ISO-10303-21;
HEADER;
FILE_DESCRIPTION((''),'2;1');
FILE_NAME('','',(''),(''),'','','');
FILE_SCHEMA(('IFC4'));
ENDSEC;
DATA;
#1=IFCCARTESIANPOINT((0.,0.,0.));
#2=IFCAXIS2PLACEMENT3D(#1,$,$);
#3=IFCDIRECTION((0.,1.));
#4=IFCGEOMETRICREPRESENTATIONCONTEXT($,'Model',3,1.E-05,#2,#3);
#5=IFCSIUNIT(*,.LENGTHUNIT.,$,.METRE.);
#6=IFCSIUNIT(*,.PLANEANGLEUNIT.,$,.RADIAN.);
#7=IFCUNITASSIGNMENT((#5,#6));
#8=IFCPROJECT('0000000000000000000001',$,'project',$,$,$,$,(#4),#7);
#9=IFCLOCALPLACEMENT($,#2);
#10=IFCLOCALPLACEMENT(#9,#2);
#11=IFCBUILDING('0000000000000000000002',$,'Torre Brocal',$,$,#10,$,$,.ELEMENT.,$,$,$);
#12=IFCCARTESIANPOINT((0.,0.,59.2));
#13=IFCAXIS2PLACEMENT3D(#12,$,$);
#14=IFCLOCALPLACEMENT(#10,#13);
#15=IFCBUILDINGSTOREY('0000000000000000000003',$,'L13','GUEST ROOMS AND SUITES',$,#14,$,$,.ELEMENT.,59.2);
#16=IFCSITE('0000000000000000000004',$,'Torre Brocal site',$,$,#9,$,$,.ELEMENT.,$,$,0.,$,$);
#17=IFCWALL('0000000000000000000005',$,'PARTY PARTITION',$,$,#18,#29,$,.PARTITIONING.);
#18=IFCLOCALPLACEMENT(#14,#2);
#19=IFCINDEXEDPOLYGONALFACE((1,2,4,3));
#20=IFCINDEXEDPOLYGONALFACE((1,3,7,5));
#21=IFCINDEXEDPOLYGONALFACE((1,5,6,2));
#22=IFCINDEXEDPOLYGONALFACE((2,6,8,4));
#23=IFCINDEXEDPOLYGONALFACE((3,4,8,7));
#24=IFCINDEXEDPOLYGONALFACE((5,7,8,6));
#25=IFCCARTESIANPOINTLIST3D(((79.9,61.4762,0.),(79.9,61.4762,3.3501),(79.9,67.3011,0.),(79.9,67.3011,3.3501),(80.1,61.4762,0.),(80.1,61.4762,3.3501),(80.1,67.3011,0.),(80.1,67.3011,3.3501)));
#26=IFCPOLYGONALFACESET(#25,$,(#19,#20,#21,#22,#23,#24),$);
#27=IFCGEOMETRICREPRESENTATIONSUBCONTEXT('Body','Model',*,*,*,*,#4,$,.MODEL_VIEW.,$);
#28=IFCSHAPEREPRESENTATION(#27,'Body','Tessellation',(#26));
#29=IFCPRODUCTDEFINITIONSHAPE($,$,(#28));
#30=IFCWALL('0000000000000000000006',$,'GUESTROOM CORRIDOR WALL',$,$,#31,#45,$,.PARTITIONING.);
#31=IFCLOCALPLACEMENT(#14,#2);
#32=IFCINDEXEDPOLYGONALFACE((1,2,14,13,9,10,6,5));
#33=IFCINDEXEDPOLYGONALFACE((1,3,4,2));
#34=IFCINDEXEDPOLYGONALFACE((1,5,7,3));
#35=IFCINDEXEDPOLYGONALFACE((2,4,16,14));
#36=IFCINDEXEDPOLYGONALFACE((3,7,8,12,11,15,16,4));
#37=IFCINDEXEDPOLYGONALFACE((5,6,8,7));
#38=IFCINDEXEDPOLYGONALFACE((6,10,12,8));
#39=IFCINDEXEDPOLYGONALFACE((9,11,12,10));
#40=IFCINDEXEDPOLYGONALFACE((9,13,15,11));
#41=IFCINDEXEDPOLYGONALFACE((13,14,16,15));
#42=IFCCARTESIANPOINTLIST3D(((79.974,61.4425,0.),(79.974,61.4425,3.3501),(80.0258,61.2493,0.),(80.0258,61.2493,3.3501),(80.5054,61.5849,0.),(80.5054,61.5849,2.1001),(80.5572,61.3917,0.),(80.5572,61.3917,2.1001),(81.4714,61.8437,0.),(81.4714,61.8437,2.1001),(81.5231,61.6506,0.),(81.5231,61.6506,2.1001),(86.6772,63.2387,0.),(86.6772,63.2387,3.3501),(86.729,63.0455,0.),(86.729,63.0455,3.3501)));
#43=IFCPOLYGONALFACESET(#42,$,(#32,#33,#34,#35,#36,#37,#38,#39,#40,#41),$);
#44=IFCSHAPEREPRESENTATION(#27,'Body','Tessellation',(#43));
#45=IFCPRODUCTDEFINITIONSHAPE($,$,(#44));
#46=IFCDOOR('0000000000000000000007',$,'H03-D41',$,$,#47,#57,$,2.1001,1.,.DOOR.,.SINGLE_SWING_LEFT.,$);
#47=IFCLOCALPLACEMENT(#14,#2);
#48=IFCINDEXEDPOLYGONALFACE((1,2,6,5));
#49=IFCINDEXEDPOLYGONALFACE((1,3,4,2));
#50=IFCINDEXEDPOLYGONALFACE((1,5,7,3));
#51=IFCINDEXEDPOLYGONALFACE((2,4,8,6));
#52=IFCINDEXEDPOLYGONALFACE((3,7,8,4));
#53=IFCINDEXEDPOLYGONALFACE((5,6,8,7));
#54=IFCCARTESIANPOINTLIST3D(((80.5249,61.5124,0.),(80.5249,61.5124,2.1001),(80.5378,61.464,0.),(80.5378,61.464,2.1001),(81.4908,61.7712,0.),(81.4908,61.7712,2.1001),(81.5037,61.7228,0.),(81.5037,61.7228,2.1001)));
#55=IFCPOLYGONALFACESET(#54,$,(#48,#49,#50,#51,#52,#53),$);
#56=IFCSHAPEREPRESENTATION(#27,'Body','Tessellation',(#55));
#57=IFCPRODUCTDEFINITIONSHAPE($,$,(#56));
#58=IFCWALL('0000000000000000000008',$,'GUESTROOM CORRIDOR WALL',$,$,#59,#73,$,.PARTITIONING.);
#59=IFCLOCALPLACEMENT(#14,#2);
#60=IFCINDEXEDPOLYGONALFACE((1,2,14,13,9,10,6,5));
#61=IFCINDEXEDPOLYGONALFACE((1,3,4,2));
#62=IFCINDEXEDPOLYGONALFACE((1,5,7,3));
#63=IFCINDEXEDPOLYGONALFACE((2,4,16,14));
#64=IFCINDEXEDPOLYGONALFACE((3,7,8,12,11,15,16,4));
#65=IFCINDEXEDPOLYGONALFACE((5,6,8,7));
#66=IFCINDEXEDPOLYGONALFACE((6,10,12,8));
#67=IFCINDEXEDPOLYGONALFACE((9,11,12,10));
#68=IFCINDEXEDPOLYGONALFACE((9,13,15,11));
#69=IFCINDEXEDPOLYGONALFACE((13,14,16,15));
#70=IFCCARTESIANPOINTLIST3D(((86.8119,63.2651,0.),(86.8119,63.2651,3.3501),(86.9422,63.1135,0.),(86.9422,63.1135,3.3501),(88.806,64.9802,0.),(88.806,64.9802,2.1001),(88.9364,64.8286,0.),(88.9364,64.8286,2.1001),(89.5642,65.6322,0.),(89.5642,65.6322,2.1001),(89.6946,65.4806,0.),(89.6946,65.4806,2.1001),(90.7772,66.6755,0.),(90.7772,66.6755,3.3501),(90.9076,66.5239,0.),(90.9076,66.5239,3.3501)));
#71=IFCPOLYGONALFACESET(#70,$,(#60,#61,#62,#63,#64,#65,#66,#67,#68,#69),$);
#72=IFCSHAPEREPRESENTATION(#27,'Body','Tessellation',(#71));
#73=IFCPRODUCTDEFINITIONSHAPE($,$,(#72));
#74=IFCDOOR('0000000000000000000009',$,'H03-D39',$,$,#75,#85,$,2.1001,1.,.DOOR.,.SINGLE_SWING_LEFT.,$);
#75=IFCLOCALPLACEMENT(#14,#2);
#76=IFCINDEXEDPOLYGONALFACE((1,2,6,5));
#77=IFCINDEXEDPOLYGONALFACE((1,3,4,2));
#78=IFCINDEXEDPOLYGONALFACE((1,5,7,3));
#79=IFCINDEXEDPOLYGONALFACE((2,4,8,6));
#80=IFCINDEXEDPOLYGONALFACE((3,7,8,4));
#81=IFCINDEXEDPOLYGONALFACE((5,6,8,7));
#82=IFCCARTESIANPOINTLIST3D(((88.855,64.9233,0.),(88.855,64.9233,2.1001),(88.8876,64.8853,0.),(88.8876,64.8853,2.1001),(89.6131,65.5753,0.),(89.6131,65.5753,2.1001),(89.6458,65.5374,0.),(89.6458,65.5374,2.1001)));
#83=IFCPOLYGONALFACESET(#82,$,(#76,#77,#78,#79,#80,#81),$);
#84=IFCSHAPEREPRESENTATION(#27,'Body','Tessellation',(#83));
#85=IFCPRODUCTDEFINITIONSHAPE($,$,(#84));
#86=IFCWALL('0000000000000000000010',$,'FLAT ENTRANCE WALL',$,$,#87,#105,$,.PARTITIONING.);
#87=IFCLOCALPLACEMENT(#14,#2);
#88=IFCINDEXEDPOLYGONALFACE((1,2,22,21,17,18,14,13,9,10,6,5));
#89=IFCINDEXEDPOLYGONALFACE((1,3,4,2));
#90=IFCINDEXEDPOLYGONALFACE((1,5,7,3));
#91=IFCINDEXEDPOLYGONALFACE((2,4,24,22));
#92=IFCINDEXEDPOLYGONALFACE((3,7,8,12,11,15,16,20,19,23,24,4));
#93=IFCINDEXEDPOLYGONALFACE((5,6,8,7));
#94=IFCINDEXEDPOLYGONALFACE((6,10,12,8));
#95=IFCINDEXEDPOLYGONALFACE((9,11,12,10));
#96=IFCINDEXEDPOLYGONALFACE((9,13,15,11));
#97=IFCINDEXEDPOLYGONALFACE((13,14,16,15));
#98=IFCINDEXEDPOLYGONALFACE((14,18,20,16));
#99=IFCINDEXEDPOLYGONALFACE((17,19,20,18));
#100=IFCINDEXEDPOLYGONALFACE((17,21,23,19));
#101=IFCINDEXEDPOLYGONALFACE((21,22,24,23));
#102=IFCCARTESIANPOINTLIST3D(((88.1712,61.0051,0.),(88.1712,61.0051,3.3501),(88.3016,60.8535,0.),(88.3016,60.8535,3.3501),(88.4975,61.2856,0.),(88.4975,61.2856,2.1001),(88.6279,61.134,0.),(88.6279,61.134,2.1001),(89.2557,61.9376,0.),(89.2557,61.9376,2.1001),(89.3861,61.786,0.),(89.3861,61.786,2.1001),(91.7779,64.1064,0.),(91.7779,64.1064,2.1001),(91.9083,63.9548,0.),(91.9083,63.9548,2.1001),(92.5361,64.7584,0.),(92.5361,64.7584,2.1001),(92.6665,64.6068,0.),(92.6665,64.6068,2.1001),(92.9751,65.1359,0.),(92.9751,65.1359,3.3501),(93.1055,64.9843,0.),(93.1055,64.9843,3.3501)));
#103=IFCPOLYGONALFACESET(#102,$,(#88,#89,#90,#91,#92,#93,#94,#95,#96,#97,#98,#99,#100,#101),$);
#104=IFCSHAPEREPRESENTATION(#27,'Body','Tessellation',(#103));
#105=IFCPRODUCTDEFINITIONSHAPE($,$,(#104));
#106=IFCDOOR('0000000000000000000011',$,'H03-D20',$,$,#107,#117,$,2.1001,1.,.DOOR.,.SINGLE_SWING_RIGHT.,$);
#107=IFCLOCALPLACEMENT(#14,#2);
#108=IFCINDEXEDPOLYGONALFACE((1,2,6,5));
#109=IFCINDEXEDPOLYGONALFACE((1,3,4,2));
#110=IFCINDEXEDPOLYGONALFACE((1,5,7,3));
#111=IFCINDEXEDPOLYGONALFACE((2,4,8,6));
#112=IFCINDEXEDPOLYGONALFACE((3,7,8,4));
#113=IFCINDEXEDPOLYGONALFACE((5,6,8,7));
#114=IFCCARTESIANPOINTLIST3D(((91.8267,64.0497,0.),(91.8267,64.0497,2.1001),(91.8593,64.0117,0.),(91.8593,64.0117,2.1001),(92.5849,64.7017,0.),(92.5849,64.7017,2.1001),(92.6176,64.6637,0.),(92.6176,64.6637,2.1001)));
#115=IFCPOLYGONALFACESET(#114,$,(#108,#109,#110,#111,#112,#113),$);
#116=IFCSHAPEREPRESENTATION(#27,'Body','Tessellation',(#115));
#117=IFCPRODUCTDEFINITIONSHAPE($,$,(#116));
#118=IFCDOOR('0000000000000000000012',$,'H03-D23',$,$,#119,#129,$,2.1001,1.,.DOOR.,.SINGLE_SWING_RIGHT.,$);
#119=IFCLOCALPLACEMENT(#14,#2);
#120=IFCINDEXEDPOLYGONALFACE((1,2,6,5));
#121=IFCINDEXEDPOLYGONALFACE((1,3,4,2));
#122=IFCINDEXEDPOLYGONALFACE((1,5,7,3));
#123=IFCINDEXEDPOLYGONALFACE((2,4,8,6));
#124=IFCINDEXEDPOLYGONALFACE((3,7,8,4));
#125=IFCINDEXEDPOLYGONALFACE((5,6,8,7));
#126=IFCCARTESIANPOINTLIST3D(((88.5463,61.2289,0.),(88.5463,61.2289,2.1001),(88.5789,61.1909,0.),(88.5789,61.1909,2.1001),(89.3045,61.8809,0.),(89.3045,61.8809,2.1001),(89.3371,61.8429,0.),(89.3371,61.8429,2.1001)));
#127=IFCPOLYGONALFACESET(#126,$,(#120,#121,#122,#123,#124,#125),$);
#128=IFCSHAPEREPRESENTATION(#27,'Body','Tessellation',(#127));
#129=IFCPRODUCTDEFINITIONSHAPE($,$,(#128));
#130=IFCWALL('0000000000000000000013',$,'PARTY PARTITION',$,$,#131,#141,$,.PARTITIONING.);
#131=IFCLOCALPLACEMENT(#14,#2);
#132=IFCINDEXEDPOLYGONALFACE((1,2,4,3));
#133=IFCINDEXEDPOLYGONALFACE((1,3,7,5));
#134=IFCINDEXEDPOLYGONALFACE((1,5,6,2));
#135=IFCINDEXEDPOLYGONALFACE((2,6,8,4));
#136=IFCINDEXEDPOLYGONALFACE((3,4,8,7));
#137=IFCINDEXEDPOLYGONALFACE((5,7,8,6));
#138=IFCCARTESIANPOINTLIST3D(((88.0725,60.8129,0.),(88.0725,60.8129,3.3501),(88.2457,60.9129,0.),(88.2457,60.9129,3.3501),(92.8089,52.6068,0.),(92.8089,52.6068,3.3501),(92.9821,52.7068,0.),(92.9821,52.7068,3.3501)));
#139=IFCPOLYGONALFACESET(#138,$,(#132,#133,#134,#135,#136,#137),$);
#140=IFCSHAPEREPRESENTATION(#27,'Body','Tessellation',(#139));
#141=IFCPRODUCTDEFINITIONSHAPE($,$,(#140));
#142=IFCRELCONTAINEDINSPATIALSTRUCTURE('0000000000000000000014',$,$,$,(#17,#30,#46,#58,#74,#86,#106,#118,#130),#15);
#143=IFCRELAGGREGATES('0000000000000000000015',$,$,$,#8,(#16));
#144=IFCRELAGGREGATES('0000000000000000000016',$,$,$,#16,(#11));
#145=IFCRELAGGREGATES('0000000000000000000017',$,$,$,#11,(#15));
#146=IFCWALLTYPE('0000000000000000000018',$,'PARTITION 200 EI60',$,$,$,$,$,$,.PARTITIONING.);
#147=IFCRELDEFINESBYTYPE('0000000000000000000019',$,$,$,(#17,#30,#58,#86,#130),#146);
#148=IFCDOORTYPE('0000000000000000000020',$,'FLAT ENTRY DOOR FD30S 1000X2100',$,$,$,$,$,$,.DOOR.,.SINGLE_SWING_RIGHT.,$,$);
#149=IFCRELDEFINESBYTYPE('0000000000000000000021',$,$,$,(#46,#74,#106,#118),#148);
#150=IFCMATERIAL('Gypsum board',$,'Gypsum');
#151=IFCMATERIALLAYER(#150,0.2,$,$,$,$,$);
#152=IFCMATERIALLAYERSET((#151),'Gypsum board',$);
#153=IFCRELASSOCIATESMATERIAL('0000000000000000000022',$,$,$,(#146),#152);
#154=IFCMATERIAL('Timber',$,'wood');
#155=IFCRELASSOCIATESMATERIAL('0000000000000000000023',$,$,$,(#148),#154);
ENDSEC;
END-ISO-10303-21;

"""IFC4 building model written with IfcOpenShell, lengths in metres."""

from ifc_helpers import new_model, si_unit, direction, frame, frame_2d, origin, place, context, subcontext, project, spatial, rectangle, extrude, material, layer, layer_set, type_object, element, fill, save


model = new_model("IFC4")

# Units and contexts
model_context = context("Model", 3, precision=1e-05, world=origin(), true_north=direction((0.0, 1.0)))
body_context = subcontext(model_context, "Body", "Model", "MODEL_VIEW")
ifc_project = project(units=[si_unit("LENGTHUNIT", "METRE"), si_unit("PLANEANGLEUNIT", "RADIAN")], contexts=[model_context])

# Site, building, storey
site_placement = place(None, origin())
site = spatial("IfcSite", under=ifc_project, at=site_placement, Name="Torre Brocal site", CompositionType="ELEMENT", RefElevation=0.0)
building_placement = place(site_placement, origin())
building = spatial("IfcBuilding", under=site, at=building_placement, Name="Torre Brocal", CompositionType="ELEMENT")
storey_placement = place(building_placement, frame((0.0, 0.0, 59.2)))
storey = spatial("IfcBuildingStorey", under=building, at=storey_placement, Name="L13", Description="GUEST ROOMS AND SUITES", CompositionType="ELEMENT", Elevation=59.2)

# Wall
ifc_material_1 = material(Name="Gypsum board", Category="Gypsum")
ifc_layer_1 = layer(ifc_material_1, 0.2)
ifc_layer_set_1 = layer_set([ifc_layer_1], Name="Gypsum board")
wall_type_1 = type_object("IfcWallType", Name="PARTITION 200 EI60", PredefinedType="PARTITIONING", material=ifc_layer_set_1)
wall_1_placement = place(storey_placement, frame((80.0, 61.4761, 0.0), z_axis=(0.0, 0.0, 1.0), x_axis=(0.0, 1.0, 0.0)))
element("IfcWall", 1, at=wall_1_placement, inside=storey, type_object=wall_type_1, Name="PARTY PARTITION", PredefinedType="PARTITIONING", context=body_context, shape_type="SweptSolid", body=[
    extrude(rectangle(XDim=5.825, YDim=0.2, at=frame_2d((2.9126, 0.0))), origin(), (0.0, 0.0, 1.0), 3.3501),
])

# Walls, openings, doors
wall_2_placement = place(storey_placement, frame((80.0, 61.3459, 0.0), z_axis=(0.0, 0.0, 1.0), x_axis=(0.965924, 0.258825, 0.0)))
wall_2 = element("IfcWall", 2, at=wall_2_placement, inside=storey, type_object=wall_type_1, Name="GUESTROOM CORRIDOR WALL", PredefinedType="PARTITIONING", context=body_context, shape_type="SweptSolid", body=[
    extrude(rectangle(XDim=6.9397, YDim=0.2, at=frame_2d((3.4697, 0.0))), origin(), (0.0, 0.0, 1.0), 3.3501),
])
opening_1_placement = place(wall_2_placement, frame((0.55, 0.0, 0.0)))
opening_1 = element("IfcOpeningElement", 3, at=opening_1_placement, cuts=wall_2, PredefinedType="OPENING", context=body_context, shape_type="SweptSolid", body=[
    extrude(rectangle(XDim=1.0, YDim=2.1001, at=frame_2d((0.5, 1.05))), frame((0.0, 0.1099, 0.0), z_axis=(0.0, -1.0, 0.0), x_axis=(1.0, 0.0, 0.0)), (0.0, 0.0, 1.0), 0.22),
])
ifc_material_2 = material(Name="Timber", Category="wood")
door_type_1 = type_object("IfcDoorType", Name="FLAT ENTRY DOOR FD30S 1000X2100", OperationType="SINGLE_SWING_RIGHT", PredefinedType="DOOR", material=ifc_material_2)
door_1_placement = place(opening_1_placement, origin())
door_1 = element("IfcDoor", 4, at=door_1_placement, inside=storey, type_object=door_type_1, Name="H03-D41", OperationType="SINGLE_SWING_LEFT", OverallHeight=2.1001, OverallWidth=1.0, PredefinedType="DOOR", context=body_context, shape_type="SweptSolid", body=[
    extrude(rectangle(XDim=1.0, YDim=2.1001, at=frame_2d((0.5, 1.05))), frame((0.0, 0.0249, 0.0), z_axis=(0.0, -1.0, 0.0), x_axis=(1.0, 0.0, 0.0)), (0.0, 0.0, 1.0), 0.05),
])
fill(opening_1, door_1)
wall_3_placement = place(storey_placement, frame((86.877, 63.1892, 0.0), z_axis=(0.0, 0.0, 1.0), x_axis=(0.758165, 0.652063, 0.0)))
wall_3 = element("IfcWall", 5, at=wall_3_placement, inside=storey, type_object=wall_type_1, Name="GUESTROOM CORRIDOR WALL", PredefinedType="PARTITIONING", context=body_context, shape_type="SweptSolid", body=[
    extrude(rectangle(XDim=5.2302, YDim=0.2, at=frame_2d((2.6152, 0.0))), origin(), (0.0, 0.0, 1.0), 3.3501),
])
opening_2_placement = place(wall_3_placement, frame((2.6304, 0.0, 0.0)))
opening_2 = element("IfcOpeningElement", 6, at=opening_2_placement, cuts=wall_3, PredefinedType="OPENING", context=body_context, shape_type="SweptSolid", body=[
    extrude(rectangle(XDim=1.0, YDim=2.1001, at=frame_2d((0.5, 1.05))), frame((0.0, 0.1099, 0.0), z_axis=(0.0, -1.0, 0.0), x_axis=(1.0, 0.0, 0.0)), (0.0, 0.0, 1.0), 0.22),
])
door_2_placement = place(opening_2_placement, origin())
door_2 = element("IfcDoor", 7, at=door_2_placement, inside=storey, type_object=door_type_1, Name="H03-D39", OperationType="SINGLE_SWING_LEFT", OverallHeight=2.1001, OverallWidth=1.0, PredefinedType="DOOR", context=body_context, shape_type="SweptSolid", body=[
    extrude(rectangle(XDim=1.0, YDim=2.1001, at=frame_2d((0.5, 1.05))), frame((0.0, 0.0249, 0.0), z_axis=(0.0, -1.0, 0.0), x_axis=(1.0, 0.0, 0.0)), (0.0, 0.0, 1.0), 0.05),
])
fill(opening_2, door_2)

# Wall, openings, doors
wall_4_placement = place(storey_placement, frame((88.2363, 60.9292, 0.0), z_axis=(0.0, 0.0, 1.0), x_axis=(0.758227, 0.65199, 0.0)))
wall_4 = element("IfcWall", 8, at=wall_4_placement, inside=storey, type_object=wall_type_1, Name="FLAT ENTRANCE WALL", PredefinedType="PARTITIONING", context=body_context, shape_type="SweptSolid", body=[
    extrude(rectangle(XDim=6.3357, YDim=0.2, at=frame_2d((3.168, 0.0))), origin(), (0.0, 0.0, 1.0), 3.3501),
])
opening_3_placement = place(wall_4_placement, frame((4.7568, 0.0, 0.0)))
opening_3 = element("IfcOpeningElement", 9, at=opening_3_placement, cuts=wall_4, PredefinedType="OPENING", context=body_context, shape_type="SweptSolid", body=[
    extrude(rectangle(XDim=1.0, YDim=2.1001, at=frame_2d((0.5, 1.05))), frame((0.0, 0.1099, 0.0), z_axis=(0.0, -1.0, 0.0), x_axis=(1.0, 0.0, 0.0)), (0.0, 0.0, 1.0), 0.22),
])
opening_4_placement = place(wall_4_placement, frame((0.4304, 0.0, 0.0)))
opening_4 = element("IfcOpeningElement", 10, at=opening_4_placement, cuts=wall_4, PredefinedType="OPENING", context=body_context, shape_type="SweptSolid", body=[
    extrude(rectangle(XDim=1.0, YDim=2.1001, at=frame_2d((0.5, 1.05))), frame((0.0, 0.1099, 0.0), z_axis=(0.0, -1.0, 0.0), x_axis=(1.0, 0.0, 0.0)), (0.0, 0.0, 1.0), 0.22),
])
door_3_placement = place(opening_3_placement, frame((1.0, 0.0, 0.0), z_axis=(0.0, 0.0, 1.0), x_axis=(-1.0, 0.0, 0.0)))
door_3 = element("IfcDoor", 11, at=door_3_placement, inside=storey, type_object=door_type_1, Name="H03-D20", OperationType="SINGLE_SWING_RIGHT", OverallHeight=2.1001, OverallWidth=1.0, PredefinedType="DOOR", context=body_context, shape_type="SweptSolid", body=[
    extrude(rectangle(XDim=1.0, YDim=2.1001, at=frame_2d((0.5, 1.05))), frame((0.0, 0.0249, 0.0), z_axis=(0.0, -1.0, 0.0), x_axis=(1.0, 0.0, 0.0)), (0.0, 0.0, 1.0), 0.05),
])
fill(opening_3, door_3)
door_4_placement = place(opening_4_placement, frame((1.0, 0.0, 0.0), z_axis=(0.0, 0.0, 1.0), x_axis=(-1.0, 0.0, 0.0)))
door_4 = element("IfcDoor", 12, at=door_4_placement, inside=storey, type_object=door_type_1, Name="H03-D23", OperationType="SINGLE_SWING_RIGHT", OverallHeight=2.1001, OverallWidth=1.0, PredefinedType="DOOR", context=body_context, shape_type="SweptSolid", body=[
    extrude(rectangle(XDim=1.0, YDim=2.1001, at=frame_2d((0.5, 1.05))), frame((0.0, 0.0249, 0.0), z_axis=(0.0, -1.0, 0.0), x_axis=(1.0, 0.0, 0.0)), (0.0, 0.0, 1.0), 0.05),
])
fill(opening_4, door_4)

# Wall
wall_5_placement = place(storey_placement, frame((88.1592, 60.8628, 0.0), z_axis=(0.0, 0.0, 1.0), x_axis=(0.499886, -0.866091, 0.0)))
element("IfcWall", 13, at=wall_5_placement, inside=storey, type_object=wall_type_1, Name="PARTY PARTITION", PredefinedType="PARTITIONING", context=body_context, shape_type="SweptSolid", body=[
    extrude(rectangle(XDim=9.4749, YDim=0.2, at=frame_2d((4.7373, 0.0))), origin(), (0.0, 0.0, 1.0), 3.3501),
])

save(model, "model.ifc")
